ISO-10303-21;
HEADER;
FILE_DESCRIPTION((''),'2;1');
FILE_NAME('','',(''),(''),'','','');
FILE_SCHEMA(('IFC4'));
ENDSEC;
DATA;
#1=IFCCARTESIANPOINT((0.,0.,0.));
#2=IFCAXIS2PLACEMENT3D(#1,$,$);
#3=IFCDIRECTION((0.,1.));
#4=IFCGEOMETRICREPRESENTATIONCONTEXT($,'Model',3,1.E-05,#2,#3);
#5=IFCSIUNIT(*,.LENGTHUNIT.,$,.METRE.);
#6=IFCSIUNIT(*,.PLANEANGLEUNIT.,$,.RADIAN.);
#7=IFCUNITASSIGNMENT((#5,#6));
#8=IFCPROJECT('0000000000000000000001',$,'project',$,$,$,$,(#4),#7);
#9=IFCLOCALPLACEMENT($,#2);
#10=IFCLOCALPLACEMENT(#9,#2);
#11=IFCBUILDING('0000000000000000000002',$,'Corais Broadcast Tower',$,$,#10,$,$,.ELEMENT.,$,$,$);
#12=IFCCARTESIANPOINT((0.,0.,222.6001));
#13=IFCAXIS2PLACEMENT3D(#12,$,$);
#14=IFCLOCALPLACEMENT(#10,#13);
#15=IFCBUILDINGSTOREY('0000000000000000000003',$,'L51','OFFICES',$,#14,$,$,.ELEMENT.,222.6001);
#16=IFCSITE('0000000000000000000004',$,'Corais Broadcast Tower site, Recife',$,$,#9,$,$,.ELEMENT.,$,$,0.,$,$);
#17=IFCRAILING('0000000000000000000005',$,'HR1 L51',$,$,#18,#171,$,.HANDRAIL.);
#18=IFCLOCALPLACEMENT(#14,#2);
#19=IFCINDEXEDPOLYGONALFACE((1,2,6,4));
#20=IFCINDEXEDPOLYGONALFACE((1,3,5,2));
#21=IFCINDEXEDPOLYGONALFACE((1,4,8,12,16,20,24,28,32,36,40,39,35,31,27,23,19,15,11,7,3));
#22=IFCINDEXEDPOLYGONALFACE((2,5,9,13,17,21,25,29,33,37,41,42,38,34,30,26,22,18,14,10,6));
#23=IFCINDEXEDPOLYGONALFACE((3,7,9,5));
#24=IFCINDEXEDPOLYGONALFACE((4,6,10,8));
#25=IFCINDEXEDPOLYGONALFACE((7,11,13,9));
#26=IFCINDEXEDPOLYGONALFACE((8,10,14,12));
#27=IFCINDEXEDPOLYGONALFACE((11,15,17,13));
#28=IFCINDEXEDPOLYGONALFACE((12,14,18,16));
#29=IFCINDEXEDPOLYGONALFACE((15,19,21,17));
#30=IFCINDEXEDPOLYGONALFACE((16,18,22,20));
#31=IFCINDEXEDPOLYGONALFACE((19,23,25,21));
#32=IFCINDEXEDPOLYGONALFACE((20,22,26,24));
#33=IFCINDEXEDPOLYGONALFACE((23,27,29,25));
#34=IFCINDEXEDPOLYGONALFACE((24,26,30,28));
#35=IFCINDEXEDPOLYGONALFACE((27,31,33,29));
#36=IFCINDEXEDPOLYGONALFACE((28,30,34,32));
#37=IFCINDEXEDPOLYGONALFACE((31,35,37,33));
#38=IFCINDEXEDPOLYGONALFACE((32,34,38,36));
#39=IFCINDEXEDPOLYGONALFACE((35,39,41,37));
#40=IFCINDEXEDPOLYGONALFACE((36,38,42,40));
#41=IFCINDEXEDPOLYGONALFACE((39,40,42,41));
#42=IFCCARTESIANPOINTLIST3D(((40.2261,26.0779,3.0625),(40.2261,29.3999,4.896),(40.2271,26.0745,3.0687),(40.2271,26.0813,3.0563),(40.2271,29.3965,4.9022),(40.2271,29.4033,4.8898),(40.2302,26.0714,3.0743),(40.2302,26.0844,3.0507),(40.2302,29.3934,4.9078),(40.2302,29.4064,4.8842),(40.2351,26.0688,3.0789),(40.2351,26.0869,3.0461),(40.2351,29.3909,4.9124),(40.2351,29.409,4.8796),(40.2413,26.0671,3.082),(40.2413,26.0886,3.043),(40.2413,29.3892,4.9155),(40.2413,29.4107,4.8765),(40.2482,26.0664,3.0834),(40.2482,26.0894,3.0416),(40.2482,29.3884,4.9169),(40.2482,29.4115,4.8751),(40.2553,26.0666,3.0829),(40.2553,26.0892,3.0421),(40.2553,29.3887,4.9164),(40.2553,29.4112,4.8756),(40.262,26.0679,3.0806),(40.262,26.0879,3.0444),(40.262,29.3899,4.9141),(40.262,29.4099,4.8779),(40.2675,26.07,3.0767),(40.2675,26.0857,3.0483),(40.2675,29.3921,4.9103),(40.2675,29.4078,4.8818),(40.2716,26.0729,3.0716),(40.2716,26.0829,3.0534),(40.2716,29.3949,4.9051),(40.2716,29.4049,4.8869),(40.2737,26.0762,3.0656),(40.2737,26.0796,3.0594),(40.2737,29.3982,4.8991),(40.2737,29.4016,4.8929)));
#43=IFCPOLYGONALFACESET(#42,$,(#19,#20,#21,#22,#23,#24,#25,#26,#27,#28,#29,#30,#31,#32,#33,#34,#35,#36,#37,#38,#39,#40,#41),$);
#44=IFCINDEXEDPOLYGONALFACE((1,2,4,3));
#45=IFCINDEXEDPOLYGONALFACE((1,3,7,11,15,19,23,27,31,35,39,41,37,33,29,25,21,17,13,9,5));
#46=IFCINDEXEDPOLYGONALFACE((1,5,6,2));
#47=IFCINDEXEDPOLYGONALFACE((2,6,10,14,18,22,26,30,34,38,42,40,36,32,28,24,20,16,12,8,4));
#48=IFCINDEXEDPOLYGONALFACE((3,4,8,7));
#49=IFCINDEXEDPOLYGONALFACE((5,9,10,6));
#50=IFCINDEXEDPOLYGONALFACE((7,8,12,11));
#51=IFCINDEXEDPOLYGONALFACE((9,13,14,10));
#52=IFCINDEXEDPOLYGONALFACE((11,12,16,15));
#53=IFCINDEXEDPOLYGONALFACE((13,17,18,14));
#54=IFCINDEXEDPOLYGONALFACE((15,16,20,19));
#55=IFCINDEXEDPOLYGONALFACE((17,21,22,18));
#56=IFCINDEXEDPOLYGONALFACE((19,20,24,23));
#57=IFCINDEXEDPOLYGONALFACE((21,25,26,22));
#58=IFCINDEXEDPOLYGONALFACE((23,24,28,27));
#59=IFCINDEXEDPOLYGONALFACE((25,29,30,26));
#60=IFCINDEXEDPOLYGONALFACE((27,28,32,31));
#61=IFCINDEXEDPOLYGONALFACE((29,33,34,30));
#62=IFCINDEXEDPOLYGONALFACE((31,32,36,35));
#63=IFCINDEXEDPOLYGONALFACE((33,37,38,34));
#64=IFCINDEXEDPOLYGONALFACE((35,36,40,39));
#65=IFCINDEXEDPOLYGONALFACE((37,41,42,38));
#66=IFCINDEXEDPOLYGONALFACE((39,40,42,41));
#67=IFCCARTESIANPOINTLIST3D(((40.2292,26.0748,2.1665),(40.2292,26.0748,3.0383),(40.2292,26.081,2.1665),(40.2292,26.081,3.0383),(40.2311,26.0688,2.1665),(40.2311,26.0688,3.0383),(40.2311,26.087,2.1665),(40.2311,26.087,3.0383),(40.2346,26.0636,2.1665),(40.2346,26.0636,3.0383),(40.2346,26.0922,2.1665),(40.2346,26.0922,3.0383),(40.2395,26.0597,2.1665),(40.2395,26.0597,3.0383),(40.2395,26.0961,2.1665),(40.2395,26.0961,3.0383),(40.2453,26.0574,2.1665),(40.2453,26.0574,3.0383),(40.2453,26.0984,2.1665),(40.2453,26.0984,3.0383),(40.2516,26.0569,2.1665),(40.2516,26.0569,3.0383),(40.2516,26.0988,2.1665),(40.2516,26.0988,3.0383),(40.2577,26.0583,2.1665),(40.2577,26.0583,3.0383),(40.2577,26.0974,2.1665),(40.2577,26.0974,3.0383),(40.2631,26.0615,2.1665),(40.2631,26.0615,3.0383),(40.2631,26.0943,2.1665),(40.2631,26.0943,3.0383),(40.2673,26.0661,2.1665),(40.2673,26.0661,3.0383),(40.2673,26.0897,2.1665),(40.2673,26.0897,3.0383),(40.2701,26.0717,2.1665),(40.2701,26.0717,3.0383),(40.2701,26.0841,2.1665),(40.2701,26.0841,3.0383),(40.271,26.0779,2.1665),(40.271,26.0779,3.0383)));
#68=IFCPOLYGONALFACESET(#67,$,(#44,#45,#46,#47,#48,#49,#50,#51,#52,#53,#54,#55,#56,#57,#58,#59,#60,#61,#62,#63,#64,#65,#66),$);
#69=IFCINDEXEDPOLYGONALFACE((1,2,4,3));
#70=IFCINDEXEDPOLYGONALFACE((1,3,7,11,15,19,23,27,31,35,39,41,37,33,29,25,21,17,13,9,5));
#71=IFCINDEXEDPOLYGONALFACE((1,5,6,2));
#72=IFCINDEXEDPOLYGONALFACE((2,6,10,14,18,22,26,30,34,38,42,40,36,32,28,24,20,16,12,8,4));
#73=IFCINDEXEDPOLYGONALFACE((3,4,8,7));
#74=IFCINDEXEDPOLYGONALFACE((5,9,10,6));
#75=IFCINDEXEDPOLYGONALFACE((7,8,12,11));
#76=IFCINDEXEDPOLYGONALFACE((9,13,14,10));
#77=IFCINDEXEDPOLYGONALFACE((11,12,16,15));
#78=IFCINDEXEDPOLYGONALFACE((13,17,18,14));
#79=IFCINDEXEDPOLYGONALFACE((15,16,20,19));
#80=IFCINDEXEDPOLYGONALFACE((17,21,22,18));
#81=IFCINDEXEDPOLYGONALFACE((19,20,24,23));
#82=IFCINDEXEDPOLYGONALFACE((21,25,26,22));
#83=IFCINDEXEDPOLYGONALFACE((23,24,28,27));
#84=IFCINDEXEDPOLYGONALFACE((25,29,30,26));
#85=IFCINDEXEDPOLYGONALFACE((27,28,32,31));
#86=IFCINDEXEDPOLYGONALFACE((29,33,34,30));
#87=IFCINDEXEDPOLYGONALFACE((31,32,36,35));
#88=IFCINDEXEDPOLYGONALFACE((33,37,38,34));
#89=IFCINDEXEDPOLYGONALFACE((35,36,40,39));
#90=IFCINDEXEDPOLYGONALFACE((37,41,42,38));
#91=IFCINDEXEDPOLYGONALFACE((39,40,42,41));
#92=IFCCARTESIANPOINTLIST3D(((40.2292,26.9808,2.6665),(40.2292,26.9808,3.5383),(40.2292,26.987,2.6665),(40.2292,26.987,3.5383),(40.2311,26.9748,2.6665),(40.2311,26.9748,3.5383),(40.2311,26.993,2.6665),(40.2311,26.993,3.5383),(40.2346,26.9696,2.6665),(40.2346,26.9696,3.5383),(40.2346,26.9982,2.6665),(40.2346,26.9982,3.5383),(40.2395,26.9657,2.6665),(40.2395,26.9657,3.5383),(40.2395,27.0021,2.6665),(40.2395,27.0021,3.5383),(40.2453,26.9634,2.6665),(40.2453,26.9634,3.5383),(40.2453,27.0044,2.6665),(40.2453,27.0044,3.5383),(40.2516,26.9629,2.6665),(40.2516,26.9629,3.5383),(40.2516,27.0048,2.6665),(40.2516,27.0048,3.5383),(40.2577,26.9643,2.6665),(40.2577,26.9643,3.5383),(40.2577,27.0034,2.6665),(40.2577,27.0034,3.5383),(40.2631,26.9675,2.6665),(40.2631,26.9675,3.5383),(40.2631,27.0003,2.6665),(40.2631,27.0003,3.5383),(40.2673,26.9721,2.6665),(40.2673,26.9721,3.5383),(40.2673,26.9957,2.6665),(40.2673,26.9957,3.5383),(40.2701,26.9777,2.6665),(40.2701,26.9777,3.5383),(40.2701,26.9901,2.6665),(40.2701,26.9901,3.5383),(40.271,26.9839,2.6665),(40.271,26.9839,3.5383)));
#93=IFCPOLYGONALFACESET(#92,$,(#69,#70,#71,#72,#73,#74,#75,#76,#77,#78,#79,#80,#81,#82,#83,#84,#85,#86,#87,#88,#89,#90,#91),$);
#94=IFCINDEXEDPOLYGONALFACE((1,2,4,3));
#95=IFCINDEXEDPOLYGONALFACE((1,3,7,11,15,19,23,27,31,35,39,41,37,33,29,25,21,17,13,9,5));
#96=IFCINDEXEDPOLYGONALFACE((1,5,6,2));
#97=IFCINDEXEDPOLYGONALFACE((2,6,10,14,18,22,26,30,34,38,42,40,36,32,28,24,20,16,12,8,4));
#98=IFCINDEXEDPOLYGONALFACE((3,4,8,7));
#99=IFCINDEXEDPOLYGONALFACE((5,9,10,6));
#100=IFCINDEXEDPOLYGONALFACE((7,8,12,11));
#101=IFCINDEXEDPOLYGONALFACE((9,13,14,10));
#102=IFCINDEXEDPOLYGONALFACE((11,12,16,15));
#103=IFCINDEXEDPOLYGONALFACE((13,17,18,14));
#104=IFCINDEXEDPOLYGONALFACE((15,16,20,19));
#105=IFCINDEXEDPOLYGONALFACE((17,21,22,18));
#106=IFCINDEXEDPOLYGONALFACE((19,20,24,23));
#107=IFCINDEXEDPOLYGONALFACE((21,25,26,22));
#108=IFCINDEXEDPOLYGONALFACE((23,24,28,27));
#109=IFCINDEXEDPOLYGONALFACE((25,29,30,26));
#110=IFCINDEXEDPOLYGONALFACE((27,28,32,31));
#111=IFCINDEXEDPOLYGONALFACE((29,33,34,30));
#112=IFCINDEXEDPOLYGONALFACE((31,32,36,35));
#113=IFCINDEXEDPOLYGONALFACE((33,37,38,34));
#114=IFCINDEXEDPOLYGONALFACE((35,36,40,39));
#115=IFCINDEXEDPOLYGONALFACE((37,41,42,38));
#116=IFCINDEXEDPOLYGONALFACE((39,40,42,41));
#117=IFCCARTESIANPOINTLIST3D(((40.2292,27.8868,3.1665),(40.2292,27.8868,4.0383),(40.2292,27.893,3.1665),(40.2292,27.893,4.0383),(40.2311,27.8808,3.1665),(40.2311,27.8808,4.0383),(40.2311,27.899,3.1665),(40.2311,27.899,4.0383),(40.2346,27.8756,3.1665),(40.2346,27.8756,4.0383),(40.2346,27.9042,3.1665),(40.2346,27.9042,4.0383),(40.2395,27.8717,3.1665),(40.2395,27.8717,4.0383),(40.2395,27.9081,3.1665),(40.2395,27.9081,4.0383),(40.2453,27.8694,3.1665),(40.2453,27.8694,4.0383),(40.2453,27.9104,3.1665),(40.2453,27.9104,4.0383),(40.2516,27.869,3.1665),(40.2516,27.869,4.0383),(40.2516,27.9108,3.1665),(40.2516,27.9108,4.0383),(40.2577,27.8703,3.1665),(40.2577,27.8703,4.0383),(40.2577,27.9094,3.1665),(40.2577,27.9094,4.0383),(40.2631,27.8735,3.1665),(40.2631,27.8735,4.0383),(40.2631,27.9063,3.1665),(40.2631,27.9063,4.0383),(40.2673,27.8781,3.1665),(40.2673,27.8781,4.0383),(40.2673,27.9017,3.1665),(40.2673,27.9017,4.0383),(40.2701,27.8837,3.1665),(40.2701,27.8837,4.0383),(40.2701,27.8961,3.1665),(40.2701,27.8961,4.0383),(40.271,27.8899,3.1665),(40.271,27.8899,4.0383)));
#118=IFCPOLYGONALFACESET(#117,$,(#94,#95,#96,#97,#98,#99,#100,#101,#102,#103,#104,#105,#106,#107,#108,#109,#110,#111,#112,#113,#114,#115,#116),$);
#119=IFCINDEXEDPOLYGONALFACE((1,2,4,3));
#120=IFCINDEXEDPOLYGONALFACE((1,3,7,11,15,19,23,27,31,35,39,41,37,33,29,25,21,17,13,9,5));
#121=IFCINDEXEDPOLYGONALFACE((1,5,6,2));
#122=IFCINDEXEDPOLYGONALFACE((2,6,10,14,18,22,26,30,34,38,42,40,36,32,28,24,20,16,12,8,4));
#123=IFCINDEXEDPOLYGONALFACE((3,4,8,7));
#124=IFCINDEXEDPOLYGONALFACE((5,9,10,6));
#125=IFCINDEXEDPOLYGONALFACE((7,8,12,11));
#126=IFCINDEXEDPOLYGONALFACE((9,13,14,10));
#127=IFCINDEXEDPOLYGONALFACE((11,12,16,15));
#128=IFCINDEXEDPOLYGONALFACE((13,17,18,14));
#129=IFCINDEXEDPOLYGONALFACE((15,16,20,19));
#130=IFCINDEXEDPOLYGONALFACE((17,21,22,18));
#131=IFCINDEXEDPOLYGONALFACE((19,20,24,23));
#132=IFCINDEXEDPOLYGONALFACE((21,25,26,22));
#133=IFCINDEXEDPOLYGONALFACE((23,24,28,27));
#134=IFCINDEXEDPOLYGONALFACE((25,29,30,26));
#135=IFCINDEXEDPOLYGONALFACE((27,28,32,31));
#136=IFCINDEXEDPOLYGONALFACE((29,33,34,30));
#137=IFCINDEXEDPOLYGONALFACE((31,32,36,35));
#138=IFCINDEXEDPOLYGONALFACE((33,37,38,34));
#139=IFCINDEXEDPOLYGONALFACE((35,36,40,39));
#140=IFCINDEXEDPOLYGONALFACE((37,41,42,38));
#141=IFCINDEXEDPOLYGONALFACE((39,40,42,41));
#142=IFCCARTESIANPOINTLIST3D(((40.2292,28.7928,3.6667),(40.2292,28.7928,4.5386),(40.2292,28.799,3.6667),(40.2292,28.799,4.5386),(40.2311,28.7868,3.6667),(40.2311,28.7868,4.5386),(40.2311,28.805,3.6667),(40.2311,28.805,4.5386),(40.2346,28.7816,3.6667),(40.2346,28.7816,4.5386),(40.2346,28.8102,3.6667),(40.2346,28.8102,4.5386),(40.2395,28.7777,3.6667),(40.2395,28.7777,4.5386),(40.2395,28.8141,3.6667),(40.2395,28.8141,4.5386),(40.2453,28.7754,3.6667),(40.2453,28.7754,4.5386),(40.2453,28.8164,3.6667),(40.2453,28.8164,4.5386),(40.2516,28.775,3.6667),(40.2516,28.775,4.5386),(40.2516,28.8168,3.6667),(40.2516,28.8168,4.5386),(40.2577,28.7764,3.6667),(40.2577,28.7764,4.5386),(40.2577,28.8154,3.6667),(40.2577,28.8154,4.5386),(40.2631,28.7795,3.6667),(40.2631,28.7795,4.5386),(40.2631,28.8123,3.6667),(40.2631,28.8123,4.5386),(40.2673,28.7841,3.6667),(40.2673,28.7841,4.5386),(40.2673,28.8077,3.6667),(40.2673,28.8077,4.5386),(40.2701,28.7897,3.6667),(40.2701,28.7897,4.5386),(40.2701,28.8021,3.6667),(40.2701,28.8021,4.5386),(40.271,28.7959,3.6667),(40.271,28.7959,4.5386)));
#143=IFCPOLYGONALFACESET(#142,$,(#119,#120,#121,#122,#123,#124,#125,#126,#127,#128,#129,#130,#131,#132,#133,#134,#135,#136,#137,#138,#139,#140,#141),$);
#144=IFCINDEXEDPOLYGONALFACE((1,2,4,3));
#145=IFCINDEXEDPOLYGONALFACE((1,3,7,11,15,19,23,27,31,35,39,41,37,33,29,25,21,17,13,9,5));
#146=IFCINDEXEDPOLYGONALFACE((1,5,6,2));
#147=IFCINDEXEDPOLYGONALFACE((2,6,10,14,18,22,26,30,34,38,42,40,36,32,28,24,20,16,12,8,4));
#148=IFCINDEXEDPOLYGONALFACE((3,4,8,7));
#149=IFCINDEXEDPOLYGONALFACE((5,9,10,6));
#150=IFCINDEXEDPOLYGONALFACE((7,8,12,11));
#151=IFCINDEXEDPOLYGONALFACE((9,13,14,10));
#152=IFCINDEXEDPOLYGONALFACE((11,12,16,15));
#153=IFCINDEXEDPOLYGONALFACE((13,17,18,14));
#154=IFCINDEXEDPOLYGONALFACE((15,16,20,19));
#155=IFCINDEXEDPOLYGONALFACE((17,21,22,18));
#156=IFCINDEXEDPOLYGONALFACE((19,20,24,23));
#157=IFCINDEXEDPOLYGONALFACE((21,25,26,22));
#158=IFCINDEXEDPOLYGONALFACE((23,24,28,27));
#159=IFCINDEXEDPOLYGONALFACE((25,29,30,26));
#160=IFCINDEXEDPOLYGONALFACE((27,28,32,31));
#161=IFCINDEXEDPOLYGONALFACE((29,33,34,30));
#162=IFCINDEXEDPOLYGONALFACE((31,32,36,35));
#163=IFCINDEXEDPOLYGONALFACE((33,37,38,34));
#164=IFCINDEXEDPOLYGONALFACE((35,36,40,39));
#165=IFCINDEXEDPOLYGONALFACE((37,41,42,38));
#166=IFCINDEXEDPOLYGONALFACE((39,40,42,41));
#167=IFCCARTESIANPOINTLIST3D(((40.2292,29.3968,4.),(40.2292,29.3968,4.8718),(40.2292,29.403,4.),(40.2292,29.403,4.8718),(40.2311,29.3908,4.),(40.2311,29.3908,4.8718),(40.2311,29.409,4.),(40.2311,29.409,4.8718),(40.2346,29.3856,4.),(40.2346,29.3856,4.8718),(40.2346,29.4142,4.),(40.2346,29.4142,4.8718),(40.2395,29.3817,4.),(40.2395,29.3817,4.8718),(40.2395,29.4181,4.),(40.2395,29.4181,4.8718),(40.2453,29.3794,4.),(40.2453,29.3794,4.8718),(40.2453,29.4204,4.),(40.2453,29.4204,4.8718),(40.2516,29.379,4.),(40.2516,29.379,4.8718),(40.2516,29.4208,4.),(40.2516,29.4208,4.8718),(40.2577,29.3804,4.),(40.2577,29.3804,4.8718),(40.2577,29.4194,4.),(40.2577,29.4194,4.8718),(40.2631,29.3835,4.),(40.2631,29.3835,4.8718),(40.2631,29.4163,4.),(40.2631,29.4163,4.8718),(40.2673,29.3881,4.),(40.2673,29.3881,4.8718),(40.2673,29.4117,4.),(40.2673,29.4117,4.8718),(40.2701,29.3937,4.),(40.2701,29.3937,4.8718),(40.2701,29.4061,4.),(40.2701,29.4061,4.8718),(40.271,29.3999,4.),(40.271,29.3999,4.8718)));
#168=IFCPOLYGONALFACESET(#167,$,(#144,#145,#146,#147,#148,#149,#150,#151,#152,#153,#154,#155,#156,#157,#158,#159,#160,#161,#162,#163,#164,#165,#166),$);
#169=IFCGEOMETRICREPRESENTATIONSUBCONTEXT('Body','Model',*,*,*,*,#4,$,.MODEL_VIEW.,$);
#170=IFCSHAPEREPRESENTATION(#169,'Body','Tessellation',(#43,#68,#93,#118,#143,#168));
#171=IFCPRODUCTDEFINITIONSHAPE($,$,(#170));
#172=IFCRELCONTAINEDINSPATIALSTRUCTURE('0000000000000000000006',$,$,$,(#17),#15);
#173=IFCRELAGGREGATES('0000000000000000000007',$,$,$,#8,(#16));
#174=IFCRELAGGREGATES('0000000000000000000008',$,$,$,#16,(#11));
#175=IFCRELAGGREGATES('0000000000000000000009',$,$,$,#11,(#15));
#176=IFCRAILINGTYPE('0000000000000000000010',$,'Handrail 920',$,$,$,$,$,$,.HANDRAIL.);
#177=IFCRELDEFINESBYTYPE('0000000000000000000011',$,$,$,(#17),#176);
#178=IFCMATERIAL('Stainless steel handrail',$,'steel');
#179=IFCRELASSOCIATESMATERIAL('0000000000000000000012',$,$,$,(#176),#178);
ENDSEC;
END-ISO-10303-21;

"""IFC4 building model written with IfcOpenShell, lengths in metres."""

from ifc_helpers import new_model, si_unit, direction, frame, origin, origin_2d, place, context, subcontext, project, spatial, circle, extrude, material, type_object, element, save


model = new_model("IFC4")

# Units and contexts
model_context = context("Model", 3, precision=1e-05, world=origin(), true_north=direction((0.0, 1.0)))
body_context = subcontext(model_context, "Body", "Model", "MODEL_VIEW")
ifc_project = project(units=[si_unit("LENGTHUNIT", "METRE"), si_unit("PLANEANGLEUNIT", "RADIAN")], contexts=[model_context])

# Site, building, storey
site_placement = place(None, origin())
site = spatial("IfcSite", under=ifc_project, at=site_placement, Name="Corais Broadcast Tower site, Recife", CompositionType="ELEMENT", RefElevation=0.0)
building_placement = place(site_placement, origin())
building = spatial("IfcBuilding", under=site, at=building_placement, Name="Corais Broadcast Tower", CompositionType="ELEMENT")
storey_placement = place(building_placement, frame((0.0, 0.0, 222.6001)))
storey = spatial("IfcBuildingStorey", under=building, at=storey_placement, Name="L51", Description="OFFICES", CompositionType="ELEMENT", Elevation=222.6001)

# Railing
ifc_material_1 = material(Name="Stainless steel handrail", Category="steel")
railing_type = type_object("IfcRailingType", Name="Handrail 920", PredefinedType="HANDRAIL", material=ifc_material_1)
for number, where, name in (
    (1, (40.25, 26.0779, 2.1665), "HR1 L51"),
):
    element("IfcRailing", number, at=place(storey_placement, frame(where)), inside=storey, type_object=railing_type, Name=name, PredefinedType="HANDRAIL", context=body_context, shape_type="SweptSolid", body=[
        extrude(circle(Radius=0.0239, at=origin_2d()), frame((0.0, 0.0, 0.896), z_axis=(0.0, 0.875504, 0.48321), x_axis=(-1.0, 0.0, 0.0)), (0.0, 0.0, 1.0), 3.7944),
        extrude(circle(Radius=0.021, at=origin_2d()), origin(), (0.0, 0.0, 1.0), 0.8718),
        extrude(circle(Radius=0.021, at=origin_2d()), frame((0.0, 0.906, 0.5)), (0.0, 0.0, 1.0), 0.8718),
        extrude(circle(Radius=0.021, at=origin_2d()), frame((0.0, 1.812, 1.0)), (0.0, 0.0, 1.0), 0.8718),
        extrude(circle(Radius=0.021, at=origin_2d()), frame((0.0, 2.718, 1.5002)), (0.0, 0.0, 1.0), 0.8718),
        extrude(circle(Radius=0.021, at=origin_2d()), frame((0.0, 3.322, 1.8335)), (0.0, 0.0, 1.0), 0.8718),
    ])

save(model, "model.ifc")
